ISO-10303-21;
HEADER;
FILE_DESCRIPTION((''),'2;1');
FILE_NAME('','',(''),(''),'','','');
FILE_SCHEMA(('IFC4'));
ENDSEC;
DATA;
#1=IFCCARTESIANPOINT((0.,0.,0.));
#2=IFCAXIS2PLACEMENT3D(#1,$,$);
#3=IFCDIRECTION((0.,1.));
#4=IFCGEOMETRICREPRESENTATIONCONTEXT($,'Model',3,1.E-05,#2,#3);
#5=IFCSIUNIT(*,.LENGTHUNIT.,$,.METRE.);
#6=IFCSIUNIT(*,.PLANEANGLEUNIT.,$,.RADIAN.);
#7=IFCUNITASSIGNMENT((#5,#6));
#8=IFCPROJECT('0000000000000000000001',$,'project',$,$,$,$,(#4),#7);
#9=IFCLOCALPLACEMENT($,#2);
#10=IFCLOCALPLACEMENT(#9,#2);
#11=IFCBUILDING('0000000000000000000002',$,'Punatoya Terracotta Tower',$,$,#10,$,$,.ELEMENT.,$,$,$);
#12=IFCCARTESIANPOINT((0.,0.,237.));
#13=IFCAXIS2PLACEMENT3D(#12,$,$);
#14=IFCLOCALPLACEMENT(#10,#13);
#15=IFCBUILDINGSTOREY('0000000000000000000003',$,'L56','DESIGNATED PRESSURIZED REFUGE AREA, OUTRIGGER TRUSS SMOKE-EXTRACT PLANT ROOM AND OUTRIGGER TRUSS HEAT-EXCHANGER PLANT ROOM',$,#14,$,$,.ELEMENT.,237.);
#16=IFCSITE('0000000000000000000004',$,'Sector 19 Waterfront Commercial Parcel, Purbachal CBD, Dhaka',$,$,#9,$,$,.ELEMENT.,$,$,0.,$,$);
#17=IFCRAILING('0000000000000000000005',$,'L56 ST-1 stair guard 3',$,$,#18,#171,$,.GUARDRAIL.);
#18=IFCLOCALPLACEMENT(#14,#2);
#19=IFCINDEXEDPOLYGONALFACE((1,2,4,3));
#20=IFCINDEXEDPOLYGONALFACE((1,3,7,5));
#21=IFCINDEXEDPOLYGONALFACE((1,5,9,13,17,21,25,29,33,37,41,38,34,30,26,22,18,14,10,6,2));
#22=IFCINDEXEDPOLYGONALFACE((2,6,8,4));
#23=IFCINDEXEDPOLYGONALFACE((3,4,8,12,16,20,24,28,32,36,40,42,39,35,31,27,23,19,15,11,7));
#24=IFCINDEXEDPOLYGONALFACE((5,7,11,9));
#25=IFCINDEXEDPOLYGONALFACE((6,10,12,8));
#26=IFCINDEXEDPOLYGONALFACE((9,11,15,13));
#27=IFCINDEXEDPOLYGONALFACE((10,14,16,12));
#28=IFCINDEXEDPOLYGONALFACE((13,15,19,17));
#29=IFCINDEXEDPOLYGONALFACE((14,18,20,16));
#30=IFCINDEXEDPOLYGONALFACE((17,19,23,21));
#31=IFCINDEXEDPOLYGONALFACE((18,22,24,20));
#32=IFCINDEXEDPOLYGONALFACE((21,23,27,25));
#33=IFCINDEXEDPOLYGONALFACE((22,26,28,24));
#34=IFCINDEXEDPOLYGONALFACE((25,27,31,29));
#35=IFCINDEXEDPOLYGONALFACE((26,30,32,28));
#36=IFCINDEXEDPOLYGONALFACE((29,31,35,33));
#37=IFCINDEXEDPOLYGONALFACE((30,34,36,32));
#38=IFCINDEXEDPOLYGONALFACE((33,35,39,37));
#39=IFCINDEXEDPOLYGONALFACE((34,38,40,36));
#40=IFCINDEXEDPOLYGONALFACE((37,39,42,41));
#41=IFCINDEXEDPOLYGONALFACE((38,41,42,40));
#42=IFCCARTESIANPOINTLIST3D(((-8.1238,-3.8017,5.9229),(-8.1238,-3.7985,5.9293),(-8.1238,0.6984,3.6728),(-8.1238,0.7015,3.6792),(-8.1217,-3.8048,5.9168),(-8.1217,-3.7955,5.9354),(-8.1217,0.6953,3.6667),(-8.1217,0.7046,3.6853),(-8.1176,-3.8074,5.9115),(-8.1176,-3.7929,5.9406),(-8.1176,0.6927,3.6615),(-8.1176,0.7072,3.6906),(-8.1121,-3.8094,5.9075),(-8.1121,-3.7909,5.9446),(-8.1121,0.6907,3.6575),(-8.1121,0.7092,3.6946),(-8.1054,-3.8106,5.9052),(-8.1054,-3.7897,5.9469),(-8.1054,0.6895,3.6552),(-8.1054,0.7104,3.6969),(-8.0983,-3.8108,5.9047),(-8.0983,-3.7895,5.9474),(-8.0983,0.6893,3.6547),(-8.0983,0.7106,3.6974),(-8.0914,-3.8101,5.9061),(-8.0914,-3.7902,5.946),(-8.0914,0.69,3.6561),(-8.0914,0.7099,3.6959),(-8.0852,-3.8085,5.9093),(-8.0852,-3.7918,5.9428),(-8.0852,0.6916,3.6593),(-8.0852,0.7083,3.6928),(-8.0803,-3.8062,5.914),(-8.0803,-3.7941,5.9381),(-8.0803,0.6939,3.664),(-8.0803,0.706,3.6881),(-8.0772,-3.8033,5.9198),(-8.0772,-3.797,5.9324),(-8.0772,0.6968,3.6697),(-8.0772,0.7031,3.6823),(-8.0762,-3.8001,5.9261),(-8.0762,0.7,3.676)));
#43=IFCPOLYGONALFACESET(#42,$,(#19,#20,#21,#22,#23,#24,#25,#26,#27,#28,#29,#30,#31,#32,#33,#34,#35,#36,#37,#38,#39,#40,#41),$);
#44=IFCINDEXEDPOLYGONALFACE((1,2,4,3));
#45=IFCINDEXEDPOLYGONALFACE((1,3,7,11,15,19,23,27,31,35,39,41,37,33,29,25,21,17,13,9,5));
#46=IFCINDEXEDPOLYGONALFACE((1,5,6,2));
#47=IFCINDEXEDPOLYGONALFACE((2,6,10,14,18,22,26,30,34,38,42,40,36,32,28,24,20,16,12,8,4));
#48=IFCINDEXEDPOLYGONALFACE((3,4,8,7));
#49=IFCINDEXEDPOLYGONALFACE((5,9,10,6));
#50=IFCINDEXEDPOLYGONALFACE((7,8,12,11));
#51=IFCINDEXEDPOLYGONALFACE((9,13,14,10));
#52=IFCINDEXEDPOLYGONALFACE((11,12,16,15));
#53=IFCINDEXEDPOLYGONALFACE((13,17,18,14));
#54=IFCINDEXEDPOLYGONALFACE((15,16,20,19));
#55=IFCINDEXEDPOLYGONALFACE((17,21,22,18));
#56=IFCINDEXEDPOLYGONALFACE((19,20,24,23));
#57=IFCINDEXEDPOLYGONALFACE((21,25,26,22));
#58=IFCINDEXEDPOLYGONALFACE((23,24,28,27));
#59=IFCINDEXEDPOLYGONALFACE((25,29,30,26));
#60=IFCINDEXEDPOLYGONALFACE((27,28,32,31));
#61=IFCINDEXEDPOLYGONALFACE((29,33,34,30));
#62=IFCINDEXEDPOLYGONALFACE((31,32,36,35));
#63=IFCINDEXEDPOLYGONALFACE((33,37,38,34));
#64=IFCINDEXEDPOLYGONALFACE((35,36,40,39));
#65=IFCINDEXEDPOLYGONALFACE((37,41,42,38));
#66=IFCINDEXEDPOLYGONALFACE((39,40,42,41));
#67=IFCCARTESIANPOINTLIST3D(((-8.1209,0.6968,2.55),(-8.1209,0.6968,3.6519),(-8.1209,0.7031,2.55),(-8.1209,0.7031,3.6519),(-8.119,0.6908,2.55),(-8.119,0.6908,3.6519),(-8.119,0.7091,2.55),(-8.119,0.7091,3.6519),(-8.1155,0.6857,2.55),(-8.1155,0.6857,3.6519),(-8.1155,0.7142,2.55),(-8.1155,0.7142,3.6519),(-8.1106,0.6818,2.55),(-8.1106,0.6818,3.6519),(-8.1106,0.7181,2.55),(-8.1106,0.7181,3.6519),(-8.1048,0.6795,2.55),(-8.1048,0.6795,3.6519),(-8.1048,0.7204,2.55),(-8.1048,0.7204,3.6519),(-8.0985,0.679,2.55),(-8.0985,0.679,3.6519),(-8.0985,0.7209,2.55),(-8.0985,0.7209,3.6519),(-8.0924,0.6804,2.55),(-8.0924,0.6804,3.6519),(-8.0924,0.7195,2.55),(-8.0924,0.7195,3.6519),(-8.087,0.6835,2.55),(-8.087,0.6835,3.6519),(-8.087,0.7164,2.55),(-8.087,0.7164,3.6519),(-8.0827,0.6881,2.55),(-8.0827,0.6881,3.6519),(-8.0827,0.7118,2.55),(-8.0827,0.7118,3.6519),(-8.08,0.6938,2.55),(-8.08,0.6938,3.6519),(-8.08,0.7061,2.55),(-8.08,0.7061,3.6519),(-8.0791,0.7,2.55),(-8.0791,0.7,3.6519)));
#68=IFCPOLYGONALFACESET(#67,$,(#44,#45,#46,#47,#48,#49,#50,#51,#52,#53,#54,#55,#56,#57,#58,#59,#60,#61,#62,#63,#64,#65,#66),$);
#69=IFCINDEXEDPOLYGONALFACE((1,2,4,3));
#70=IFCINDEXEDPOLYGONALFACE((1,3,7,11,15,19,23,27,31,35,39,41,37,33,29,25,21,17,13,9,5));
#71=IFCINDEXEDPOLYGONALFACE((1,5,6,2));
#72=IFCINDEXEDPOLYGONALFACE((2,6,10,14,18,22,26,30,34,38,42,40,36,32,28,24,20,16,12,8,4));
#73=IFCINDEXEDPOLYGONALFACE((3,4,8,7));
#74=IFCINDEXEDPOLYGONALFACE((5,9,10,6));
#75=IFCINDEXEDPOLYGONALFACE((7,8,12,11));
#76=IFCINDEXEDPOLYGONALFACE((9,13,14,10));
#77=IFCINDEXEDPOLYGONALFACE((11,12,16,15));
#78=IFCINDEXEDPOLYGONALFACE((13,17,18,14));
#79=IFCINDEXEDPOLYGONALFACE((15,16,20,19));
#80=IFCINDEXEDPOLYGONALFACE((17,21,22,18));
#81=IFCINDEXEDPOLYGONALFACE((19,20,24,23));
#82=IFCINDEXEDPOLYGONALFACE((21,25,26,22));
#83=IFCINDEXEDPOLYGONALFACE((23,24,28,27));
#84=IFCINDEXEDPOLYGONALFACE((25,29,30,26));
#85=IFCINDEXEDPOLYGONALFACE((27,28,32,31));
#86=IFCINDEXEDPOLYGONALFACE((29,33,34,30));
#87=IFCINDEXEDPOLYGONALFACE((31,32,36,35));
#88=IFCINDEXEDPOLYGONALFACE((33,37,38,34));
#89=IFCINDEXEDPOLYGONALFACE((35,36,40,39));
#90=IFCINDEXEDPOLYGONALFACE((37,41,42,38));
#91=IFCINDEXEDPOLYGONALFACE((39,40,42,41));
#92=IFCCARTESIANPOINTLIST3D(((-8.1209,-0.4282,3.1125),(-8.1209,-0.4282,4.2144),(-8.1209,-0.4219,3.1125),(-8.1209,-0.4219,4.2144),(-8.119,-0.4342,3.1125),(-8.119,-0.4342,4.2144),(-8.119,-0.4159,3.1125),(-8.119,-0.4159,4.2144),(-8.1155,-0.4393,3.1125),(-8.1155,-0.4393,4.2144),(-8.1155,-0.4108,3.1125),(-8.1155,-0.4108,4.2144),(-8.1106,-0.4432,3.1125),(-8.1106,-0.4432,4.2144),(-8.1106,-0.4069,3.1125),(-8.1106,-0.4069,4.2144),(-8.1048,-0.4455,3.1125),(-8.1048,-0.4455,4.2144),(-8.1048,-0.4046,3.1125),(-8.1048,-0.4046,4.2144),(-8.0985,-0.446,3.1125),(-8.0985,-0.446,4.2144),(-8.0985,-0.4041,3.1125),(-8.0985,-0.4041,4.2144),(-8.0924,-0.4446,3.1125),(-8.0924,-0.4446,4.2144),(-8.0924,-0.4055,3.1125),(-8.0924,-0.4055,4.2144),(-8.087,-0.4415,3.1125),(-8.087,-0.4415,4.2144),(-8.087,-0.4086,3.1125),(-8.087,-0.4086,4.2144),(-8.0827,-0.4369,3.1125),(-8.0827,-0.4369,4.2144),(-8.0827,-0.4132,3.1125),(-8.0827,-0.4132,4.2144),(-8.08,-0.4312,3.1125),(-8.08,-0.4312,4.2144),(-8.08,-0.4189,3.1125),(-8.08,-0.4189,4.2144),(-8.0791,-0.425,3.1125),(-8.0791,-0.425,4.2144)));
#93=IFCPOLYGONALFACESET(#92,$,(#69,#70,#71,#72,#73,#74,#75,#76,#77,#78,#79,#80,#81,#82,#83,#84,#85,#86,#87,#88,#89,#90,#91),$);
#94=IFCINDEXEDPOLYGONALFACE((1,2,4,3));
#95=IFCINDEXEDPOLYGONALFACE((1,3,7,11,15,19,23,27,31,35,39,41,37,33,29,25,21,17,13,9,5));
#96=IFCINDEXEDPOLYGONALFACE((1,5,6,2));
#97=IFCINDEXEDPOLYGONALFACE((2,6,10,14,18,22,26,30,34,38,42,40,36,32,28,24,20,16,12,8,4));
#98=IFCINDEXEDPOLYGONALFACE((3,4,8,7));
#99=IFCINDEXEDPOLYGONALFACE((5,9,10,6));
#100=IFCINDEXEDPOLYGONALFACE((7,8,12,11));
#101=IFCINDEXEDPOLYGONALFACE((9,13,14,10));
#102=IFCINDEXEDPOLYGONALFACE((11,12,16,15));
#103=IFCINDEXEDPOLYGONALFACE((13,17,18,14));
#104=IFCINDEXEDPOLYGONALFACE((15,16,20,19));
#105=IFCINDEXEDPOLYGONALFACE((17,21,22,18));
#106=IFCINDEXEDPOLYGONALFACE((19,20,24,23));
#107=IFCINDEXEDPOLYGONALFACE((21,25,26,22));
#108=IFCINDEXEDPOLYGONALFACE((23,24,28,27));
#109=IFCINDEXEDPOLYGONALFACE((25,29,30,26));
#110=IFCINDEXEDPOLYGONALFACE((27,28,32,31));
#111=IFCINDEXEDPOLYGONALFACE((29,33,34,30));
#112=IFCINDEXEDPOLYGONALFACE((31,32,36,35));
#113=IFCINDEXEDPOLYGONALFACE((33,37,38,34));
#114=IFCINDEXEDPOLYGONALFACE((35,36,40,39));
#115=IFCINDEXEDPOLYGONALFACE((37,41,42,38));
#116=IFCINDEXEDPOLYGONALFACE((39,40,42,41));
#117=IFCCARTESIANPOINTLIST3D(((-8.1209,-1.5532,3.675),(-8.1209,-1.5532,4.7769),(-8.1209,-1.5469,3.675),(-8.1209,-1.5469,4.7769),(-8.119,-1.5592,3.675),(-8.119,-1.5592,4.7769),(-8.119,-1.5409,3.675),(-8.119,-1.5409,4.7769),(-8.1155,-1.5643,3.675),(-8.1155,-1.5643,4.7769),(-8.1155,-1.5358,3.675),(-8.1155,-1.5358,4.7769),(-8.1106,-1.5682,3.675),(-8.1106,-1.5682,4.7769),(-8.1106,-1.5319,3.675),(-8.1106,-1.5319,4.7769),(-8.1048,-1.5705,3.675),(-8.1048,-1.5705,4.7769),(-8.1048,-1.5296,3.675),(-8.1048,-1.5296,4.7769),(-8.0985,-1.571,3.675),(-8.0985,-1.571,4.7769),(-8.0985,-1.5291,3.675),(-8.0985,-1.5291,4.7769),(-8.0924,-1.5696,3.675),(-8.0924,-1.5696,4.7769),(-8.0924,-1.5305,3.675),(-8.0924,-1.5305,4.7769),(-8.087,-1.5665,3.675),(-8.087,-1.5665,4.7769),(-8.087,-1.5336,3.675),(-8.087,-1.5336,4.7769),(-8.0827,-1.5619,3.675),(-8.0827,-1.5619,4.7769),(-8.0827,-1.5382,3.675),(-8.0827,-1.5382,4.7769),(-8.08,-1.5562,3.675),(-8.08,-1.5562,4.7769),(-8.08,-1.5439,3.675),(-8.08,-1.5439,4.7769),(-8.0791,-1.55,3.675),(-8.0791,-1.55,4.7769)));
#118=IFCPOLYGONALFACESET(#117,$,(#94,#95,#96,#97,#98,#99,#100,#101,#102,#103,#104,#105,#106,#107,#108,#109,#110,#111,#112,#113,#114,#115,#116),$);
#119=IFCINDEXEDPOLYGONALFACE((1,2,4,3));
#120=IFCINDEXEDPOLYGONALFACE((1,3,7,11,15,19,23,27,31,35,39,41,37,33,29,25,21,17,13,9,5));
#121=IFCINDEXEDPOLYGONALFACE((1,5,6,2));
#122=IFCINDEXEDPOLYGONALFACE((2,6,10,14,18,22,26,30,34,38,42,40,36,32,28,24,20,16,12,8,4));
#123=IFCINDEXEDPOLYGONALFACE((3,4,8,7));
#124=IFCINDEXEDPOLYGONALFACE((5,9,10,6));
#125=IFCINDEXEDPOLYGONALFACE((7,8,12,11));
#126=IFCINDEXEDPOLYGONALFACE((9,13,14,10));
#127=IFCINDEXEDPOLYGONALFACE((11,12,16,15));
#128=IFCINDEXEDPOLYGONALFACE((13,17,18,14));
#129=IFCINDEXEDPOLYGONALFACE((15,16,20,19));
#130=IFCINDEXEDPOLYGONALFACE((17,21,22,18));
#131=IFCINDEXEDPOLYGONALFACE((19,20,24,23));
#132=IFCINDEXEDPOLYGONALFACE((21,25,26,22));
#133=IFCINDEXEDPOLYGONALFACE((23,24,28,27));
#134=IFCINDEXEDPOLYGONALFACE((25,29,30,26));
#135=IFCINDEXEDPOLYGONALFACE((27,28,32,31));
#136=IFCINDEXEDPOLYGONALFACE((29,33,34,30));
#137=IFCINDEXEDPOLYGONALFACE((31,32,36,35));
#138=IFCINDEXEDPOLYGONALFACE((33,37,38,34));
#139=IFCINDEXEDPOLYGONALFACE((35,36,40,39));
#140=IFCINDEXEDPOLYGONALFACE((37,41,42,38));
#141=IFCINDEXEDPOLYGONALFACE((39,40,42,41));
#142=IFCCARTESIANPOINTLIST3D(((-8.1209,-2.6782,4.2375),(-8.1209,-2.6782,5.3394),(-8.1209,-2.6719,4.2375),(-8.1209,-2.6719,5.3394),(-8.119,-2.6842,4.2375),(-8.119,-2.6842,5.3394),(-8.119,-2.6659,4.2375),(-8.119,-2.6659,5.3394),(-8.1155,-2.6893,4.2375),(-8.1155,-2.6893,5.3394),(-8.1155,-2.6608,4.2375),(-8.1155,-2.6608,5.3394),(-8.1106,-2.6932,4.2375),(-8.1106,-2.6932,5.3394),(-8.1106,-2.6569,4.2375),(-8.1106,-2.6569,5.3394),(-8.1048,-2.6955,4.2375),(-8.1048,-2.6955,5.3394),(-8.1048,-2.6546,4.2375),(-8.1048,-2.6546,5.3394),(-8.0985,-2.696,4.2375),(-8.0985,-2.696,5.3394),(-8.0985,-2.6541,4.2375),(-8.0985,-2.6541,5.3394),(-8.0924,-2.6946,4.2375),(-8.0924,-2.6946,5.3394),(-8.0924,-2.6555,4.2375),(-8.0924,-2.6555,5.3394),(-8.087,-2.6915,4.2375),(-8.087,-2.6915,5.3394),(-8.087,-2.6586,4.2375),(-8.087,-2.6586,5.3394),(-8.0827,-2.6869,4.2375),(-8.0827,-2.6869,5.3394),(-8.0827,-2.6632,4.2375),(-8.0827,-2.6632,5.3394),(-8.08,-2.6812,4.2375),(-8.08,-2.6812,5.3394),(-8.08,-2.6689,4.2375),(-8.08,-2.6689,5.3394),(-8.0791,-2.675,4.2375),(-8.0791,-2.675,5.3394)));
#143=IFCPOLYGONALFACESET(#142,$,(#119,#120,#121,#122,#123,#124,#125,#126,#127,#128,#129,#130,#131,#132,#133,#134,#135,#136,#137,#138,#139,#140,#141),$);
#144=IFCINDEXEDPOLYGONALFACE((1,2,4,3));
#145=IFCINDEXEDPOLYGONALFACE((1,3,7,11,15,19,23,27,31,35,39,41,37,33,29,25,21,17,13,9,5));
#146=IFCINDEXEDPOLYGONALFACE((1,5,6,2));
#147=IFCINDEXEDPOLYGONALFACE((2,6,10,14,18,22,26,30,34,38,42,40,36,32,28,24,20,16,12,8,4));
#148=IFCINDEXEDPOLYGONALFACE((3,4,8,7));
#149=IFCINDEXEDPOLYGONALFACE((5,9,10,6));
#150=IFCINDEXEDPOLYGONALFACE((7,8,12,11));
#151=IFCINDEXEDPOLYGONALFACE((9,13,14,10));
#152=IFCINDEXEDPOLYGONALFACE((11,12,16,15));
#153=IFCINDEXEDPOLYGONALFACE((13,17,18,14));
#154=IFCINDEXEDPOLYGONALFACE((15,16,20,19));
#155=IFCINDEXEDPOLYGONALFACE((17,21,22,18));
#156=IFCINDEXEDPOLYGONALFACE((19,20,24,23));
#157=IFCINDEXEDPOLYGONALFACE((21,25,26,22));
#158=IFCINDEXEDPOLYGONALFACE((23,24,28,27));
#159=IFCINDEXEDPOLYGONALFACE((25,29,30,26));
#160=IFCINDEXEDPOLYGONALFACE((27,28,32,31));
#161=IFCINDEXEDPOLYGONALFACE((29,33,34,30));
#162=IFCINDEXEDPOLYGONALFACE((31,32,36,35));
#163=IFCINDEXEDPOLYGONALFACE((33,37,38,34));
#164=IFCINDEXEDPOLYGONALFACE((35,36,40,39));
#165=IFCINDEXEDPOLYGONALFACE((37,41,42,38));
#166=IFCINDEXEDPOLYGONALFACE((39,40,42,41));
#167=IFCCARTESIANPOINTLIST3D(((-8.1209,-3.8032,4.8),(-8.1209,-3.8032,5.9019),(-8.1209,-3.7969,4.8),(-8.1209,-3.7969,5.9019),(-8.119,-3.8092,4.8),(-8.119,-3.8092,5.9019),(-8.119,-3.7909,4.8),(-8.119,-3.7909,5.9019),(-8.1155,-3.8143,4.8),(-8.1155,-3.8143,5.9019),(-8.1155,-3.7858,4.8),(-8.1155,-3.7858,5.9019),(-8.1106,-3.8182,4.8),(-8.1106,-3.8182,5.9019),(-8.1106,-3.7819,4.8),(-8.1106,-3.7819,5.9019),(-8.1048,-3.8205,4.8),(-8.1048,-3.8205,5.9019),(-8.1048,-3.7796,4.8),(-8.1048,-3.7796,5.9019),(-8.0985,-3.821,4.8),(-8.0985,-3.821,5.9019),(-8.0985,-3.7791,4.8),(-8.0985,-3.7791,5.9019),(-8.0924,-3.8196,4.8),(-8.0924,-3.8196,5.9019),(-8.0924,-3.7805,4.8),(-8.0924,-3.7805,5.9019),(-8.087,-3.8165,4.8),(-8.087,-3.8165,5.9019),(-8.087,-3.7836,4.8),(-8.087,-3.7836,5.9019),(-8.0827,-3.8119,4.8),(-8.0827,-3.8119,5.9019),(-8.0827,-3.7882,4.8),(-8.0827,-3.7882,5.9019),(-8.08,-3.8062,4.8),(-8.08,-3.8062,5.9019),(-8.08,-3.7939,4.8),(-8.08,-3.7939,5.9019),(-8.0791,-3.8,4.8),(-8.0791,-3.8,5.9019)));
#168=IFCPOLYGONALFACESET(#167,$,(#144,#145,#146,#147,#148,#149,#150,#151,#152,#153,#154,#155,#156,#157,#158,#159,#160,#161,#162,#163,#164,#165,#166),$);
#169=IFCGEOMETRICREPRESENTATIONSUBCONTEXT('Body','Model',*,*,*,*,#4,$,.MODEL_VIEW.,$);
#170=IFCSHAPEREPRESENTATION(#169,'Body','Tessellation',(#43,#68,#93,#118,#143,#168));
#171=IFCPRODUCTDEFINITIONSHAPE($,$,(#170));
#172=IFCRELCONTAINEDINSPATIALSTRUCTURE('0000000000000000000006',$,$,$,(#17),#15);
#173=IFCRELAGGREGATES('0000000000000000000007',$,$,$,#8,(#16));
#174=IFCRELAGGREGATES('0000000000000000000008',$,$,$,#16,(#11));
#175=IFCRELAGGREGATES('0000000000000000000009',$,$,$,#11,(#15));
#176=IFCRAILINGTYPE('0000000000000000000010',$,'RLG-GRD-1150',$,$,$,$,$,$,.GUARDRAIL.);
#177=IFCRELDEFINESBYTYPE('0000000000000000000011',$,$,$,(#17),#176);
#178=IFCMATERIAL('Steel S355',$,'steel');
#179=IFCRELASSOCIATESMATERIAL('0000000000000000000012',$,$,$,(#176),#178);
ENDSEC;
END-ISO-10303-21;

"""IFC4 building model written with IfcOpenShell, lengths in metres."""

from ifc_helpers import new_model, si_unit, direction, frame, origin, origin_2d, place, context, subcontext, project, spatial, circle, extrude, material, type_object, element, save


model = new_model("IFC4")

# Units and contexts
model_context = context("Model", 3, precision=1e-05, world=origin(), true_north=direction((0.0, 1.0)))
body_context = subcontext(model_context, "Body", "Model", "MODEL_VIEW")
ifc_project = project(units=[si_unit("LENGTHUNIT", "METRE"), si_unit("PLANEANGLEUNIT", "RADIAN")], contexts=[model_context])

# Site, building, storey
site_placement = place(None, origin())
site = spatial("IfcSite", under=ifc_project, at=site_placement, Name="Sector 19 Waterfront Commercial Parcel, Purbachal CBD, Dhaka", CompositionType="ELEMENT", RefElevation=0.0)
building_placement = place(site_placement, origin())
building = spatial("IfcBuilding", under=site, at=building_placement, Name="Punatoya Terracotta Tower", CompositionType="ELEMENT")
storey_placement = place(building_placement, frame((0.0, 0.0, 237.0)))
storey = spatial("IfcBuildingStorey", under=building, at=storey_placement, Name="L56", Description="DESIGNATED PRESSURIZED REFUGE AREA, OUTRIGGER TRUSS SMOKE-EXTRACT PLANT ROOM AND OUTRIGGER TRUSS HEAT-EXCHANGER PLANT ROOM", CompositionType="ELEMENT", Elevation=237.0)

# Shared definitions
ifc_material_1 = material(Name="Steel S355", Category="steel")

# Railing
railing_type_1 = type_object("IfcRailingType", Name="RLG-GRD-1150", PredefinedType="GUARDRAIL", material=ifc_material_1)
railing_1_placement = place(storey_placement, frame((-8.1001, 0.7, 2.55)))
element("IfcRailing", 1, at=railing_1_placement, inside=storey, type_object=railing_type_1, Name="L56 ST-1 stair guard 3", PredefinedType="GUARDRAIL", context=body_context, shape_type="SweptSolid", body=[
    extrude(circle(Radius=0.0239, at=origin_2d()), frame((0.0, 0.0, 1.126), z_axis=(0.0, -0.894427, 0.447214), x_axis=(1.0, 0.0, 0.0)), (0.0, 0.0, 1.0), 5.0312),
    extrude(circle(Radius=0.021, at=origin_2d()), origin(), (0.0, 0.0, 1.0), 1.1018),
    extrude(circle(Radius=0.021, at=origin_2d()), frame((0.0, -1.125, 0.5625)), (0.0, 0.0, 1.0), 1.1018),
    extrude(circle(Radius=0.021, at=origin_2d()), frame((0.0, -2.25, 1.125)), (0.0, 0.0, 1.0), 1.1018),
    extrude(circle(Radius=0.021, at=origin_2d()), frame((0.0, -3.375, 1.6875)), (0.0, 0.0, 1.0), 1.1018),
    extrude(circle(Radius=0.021, at=origin_2d()), frame((0.0, -4.5, 2.25)), (0.0, 0.0, 1.0), 1.1018),
])

save(model, "model.ifc")
